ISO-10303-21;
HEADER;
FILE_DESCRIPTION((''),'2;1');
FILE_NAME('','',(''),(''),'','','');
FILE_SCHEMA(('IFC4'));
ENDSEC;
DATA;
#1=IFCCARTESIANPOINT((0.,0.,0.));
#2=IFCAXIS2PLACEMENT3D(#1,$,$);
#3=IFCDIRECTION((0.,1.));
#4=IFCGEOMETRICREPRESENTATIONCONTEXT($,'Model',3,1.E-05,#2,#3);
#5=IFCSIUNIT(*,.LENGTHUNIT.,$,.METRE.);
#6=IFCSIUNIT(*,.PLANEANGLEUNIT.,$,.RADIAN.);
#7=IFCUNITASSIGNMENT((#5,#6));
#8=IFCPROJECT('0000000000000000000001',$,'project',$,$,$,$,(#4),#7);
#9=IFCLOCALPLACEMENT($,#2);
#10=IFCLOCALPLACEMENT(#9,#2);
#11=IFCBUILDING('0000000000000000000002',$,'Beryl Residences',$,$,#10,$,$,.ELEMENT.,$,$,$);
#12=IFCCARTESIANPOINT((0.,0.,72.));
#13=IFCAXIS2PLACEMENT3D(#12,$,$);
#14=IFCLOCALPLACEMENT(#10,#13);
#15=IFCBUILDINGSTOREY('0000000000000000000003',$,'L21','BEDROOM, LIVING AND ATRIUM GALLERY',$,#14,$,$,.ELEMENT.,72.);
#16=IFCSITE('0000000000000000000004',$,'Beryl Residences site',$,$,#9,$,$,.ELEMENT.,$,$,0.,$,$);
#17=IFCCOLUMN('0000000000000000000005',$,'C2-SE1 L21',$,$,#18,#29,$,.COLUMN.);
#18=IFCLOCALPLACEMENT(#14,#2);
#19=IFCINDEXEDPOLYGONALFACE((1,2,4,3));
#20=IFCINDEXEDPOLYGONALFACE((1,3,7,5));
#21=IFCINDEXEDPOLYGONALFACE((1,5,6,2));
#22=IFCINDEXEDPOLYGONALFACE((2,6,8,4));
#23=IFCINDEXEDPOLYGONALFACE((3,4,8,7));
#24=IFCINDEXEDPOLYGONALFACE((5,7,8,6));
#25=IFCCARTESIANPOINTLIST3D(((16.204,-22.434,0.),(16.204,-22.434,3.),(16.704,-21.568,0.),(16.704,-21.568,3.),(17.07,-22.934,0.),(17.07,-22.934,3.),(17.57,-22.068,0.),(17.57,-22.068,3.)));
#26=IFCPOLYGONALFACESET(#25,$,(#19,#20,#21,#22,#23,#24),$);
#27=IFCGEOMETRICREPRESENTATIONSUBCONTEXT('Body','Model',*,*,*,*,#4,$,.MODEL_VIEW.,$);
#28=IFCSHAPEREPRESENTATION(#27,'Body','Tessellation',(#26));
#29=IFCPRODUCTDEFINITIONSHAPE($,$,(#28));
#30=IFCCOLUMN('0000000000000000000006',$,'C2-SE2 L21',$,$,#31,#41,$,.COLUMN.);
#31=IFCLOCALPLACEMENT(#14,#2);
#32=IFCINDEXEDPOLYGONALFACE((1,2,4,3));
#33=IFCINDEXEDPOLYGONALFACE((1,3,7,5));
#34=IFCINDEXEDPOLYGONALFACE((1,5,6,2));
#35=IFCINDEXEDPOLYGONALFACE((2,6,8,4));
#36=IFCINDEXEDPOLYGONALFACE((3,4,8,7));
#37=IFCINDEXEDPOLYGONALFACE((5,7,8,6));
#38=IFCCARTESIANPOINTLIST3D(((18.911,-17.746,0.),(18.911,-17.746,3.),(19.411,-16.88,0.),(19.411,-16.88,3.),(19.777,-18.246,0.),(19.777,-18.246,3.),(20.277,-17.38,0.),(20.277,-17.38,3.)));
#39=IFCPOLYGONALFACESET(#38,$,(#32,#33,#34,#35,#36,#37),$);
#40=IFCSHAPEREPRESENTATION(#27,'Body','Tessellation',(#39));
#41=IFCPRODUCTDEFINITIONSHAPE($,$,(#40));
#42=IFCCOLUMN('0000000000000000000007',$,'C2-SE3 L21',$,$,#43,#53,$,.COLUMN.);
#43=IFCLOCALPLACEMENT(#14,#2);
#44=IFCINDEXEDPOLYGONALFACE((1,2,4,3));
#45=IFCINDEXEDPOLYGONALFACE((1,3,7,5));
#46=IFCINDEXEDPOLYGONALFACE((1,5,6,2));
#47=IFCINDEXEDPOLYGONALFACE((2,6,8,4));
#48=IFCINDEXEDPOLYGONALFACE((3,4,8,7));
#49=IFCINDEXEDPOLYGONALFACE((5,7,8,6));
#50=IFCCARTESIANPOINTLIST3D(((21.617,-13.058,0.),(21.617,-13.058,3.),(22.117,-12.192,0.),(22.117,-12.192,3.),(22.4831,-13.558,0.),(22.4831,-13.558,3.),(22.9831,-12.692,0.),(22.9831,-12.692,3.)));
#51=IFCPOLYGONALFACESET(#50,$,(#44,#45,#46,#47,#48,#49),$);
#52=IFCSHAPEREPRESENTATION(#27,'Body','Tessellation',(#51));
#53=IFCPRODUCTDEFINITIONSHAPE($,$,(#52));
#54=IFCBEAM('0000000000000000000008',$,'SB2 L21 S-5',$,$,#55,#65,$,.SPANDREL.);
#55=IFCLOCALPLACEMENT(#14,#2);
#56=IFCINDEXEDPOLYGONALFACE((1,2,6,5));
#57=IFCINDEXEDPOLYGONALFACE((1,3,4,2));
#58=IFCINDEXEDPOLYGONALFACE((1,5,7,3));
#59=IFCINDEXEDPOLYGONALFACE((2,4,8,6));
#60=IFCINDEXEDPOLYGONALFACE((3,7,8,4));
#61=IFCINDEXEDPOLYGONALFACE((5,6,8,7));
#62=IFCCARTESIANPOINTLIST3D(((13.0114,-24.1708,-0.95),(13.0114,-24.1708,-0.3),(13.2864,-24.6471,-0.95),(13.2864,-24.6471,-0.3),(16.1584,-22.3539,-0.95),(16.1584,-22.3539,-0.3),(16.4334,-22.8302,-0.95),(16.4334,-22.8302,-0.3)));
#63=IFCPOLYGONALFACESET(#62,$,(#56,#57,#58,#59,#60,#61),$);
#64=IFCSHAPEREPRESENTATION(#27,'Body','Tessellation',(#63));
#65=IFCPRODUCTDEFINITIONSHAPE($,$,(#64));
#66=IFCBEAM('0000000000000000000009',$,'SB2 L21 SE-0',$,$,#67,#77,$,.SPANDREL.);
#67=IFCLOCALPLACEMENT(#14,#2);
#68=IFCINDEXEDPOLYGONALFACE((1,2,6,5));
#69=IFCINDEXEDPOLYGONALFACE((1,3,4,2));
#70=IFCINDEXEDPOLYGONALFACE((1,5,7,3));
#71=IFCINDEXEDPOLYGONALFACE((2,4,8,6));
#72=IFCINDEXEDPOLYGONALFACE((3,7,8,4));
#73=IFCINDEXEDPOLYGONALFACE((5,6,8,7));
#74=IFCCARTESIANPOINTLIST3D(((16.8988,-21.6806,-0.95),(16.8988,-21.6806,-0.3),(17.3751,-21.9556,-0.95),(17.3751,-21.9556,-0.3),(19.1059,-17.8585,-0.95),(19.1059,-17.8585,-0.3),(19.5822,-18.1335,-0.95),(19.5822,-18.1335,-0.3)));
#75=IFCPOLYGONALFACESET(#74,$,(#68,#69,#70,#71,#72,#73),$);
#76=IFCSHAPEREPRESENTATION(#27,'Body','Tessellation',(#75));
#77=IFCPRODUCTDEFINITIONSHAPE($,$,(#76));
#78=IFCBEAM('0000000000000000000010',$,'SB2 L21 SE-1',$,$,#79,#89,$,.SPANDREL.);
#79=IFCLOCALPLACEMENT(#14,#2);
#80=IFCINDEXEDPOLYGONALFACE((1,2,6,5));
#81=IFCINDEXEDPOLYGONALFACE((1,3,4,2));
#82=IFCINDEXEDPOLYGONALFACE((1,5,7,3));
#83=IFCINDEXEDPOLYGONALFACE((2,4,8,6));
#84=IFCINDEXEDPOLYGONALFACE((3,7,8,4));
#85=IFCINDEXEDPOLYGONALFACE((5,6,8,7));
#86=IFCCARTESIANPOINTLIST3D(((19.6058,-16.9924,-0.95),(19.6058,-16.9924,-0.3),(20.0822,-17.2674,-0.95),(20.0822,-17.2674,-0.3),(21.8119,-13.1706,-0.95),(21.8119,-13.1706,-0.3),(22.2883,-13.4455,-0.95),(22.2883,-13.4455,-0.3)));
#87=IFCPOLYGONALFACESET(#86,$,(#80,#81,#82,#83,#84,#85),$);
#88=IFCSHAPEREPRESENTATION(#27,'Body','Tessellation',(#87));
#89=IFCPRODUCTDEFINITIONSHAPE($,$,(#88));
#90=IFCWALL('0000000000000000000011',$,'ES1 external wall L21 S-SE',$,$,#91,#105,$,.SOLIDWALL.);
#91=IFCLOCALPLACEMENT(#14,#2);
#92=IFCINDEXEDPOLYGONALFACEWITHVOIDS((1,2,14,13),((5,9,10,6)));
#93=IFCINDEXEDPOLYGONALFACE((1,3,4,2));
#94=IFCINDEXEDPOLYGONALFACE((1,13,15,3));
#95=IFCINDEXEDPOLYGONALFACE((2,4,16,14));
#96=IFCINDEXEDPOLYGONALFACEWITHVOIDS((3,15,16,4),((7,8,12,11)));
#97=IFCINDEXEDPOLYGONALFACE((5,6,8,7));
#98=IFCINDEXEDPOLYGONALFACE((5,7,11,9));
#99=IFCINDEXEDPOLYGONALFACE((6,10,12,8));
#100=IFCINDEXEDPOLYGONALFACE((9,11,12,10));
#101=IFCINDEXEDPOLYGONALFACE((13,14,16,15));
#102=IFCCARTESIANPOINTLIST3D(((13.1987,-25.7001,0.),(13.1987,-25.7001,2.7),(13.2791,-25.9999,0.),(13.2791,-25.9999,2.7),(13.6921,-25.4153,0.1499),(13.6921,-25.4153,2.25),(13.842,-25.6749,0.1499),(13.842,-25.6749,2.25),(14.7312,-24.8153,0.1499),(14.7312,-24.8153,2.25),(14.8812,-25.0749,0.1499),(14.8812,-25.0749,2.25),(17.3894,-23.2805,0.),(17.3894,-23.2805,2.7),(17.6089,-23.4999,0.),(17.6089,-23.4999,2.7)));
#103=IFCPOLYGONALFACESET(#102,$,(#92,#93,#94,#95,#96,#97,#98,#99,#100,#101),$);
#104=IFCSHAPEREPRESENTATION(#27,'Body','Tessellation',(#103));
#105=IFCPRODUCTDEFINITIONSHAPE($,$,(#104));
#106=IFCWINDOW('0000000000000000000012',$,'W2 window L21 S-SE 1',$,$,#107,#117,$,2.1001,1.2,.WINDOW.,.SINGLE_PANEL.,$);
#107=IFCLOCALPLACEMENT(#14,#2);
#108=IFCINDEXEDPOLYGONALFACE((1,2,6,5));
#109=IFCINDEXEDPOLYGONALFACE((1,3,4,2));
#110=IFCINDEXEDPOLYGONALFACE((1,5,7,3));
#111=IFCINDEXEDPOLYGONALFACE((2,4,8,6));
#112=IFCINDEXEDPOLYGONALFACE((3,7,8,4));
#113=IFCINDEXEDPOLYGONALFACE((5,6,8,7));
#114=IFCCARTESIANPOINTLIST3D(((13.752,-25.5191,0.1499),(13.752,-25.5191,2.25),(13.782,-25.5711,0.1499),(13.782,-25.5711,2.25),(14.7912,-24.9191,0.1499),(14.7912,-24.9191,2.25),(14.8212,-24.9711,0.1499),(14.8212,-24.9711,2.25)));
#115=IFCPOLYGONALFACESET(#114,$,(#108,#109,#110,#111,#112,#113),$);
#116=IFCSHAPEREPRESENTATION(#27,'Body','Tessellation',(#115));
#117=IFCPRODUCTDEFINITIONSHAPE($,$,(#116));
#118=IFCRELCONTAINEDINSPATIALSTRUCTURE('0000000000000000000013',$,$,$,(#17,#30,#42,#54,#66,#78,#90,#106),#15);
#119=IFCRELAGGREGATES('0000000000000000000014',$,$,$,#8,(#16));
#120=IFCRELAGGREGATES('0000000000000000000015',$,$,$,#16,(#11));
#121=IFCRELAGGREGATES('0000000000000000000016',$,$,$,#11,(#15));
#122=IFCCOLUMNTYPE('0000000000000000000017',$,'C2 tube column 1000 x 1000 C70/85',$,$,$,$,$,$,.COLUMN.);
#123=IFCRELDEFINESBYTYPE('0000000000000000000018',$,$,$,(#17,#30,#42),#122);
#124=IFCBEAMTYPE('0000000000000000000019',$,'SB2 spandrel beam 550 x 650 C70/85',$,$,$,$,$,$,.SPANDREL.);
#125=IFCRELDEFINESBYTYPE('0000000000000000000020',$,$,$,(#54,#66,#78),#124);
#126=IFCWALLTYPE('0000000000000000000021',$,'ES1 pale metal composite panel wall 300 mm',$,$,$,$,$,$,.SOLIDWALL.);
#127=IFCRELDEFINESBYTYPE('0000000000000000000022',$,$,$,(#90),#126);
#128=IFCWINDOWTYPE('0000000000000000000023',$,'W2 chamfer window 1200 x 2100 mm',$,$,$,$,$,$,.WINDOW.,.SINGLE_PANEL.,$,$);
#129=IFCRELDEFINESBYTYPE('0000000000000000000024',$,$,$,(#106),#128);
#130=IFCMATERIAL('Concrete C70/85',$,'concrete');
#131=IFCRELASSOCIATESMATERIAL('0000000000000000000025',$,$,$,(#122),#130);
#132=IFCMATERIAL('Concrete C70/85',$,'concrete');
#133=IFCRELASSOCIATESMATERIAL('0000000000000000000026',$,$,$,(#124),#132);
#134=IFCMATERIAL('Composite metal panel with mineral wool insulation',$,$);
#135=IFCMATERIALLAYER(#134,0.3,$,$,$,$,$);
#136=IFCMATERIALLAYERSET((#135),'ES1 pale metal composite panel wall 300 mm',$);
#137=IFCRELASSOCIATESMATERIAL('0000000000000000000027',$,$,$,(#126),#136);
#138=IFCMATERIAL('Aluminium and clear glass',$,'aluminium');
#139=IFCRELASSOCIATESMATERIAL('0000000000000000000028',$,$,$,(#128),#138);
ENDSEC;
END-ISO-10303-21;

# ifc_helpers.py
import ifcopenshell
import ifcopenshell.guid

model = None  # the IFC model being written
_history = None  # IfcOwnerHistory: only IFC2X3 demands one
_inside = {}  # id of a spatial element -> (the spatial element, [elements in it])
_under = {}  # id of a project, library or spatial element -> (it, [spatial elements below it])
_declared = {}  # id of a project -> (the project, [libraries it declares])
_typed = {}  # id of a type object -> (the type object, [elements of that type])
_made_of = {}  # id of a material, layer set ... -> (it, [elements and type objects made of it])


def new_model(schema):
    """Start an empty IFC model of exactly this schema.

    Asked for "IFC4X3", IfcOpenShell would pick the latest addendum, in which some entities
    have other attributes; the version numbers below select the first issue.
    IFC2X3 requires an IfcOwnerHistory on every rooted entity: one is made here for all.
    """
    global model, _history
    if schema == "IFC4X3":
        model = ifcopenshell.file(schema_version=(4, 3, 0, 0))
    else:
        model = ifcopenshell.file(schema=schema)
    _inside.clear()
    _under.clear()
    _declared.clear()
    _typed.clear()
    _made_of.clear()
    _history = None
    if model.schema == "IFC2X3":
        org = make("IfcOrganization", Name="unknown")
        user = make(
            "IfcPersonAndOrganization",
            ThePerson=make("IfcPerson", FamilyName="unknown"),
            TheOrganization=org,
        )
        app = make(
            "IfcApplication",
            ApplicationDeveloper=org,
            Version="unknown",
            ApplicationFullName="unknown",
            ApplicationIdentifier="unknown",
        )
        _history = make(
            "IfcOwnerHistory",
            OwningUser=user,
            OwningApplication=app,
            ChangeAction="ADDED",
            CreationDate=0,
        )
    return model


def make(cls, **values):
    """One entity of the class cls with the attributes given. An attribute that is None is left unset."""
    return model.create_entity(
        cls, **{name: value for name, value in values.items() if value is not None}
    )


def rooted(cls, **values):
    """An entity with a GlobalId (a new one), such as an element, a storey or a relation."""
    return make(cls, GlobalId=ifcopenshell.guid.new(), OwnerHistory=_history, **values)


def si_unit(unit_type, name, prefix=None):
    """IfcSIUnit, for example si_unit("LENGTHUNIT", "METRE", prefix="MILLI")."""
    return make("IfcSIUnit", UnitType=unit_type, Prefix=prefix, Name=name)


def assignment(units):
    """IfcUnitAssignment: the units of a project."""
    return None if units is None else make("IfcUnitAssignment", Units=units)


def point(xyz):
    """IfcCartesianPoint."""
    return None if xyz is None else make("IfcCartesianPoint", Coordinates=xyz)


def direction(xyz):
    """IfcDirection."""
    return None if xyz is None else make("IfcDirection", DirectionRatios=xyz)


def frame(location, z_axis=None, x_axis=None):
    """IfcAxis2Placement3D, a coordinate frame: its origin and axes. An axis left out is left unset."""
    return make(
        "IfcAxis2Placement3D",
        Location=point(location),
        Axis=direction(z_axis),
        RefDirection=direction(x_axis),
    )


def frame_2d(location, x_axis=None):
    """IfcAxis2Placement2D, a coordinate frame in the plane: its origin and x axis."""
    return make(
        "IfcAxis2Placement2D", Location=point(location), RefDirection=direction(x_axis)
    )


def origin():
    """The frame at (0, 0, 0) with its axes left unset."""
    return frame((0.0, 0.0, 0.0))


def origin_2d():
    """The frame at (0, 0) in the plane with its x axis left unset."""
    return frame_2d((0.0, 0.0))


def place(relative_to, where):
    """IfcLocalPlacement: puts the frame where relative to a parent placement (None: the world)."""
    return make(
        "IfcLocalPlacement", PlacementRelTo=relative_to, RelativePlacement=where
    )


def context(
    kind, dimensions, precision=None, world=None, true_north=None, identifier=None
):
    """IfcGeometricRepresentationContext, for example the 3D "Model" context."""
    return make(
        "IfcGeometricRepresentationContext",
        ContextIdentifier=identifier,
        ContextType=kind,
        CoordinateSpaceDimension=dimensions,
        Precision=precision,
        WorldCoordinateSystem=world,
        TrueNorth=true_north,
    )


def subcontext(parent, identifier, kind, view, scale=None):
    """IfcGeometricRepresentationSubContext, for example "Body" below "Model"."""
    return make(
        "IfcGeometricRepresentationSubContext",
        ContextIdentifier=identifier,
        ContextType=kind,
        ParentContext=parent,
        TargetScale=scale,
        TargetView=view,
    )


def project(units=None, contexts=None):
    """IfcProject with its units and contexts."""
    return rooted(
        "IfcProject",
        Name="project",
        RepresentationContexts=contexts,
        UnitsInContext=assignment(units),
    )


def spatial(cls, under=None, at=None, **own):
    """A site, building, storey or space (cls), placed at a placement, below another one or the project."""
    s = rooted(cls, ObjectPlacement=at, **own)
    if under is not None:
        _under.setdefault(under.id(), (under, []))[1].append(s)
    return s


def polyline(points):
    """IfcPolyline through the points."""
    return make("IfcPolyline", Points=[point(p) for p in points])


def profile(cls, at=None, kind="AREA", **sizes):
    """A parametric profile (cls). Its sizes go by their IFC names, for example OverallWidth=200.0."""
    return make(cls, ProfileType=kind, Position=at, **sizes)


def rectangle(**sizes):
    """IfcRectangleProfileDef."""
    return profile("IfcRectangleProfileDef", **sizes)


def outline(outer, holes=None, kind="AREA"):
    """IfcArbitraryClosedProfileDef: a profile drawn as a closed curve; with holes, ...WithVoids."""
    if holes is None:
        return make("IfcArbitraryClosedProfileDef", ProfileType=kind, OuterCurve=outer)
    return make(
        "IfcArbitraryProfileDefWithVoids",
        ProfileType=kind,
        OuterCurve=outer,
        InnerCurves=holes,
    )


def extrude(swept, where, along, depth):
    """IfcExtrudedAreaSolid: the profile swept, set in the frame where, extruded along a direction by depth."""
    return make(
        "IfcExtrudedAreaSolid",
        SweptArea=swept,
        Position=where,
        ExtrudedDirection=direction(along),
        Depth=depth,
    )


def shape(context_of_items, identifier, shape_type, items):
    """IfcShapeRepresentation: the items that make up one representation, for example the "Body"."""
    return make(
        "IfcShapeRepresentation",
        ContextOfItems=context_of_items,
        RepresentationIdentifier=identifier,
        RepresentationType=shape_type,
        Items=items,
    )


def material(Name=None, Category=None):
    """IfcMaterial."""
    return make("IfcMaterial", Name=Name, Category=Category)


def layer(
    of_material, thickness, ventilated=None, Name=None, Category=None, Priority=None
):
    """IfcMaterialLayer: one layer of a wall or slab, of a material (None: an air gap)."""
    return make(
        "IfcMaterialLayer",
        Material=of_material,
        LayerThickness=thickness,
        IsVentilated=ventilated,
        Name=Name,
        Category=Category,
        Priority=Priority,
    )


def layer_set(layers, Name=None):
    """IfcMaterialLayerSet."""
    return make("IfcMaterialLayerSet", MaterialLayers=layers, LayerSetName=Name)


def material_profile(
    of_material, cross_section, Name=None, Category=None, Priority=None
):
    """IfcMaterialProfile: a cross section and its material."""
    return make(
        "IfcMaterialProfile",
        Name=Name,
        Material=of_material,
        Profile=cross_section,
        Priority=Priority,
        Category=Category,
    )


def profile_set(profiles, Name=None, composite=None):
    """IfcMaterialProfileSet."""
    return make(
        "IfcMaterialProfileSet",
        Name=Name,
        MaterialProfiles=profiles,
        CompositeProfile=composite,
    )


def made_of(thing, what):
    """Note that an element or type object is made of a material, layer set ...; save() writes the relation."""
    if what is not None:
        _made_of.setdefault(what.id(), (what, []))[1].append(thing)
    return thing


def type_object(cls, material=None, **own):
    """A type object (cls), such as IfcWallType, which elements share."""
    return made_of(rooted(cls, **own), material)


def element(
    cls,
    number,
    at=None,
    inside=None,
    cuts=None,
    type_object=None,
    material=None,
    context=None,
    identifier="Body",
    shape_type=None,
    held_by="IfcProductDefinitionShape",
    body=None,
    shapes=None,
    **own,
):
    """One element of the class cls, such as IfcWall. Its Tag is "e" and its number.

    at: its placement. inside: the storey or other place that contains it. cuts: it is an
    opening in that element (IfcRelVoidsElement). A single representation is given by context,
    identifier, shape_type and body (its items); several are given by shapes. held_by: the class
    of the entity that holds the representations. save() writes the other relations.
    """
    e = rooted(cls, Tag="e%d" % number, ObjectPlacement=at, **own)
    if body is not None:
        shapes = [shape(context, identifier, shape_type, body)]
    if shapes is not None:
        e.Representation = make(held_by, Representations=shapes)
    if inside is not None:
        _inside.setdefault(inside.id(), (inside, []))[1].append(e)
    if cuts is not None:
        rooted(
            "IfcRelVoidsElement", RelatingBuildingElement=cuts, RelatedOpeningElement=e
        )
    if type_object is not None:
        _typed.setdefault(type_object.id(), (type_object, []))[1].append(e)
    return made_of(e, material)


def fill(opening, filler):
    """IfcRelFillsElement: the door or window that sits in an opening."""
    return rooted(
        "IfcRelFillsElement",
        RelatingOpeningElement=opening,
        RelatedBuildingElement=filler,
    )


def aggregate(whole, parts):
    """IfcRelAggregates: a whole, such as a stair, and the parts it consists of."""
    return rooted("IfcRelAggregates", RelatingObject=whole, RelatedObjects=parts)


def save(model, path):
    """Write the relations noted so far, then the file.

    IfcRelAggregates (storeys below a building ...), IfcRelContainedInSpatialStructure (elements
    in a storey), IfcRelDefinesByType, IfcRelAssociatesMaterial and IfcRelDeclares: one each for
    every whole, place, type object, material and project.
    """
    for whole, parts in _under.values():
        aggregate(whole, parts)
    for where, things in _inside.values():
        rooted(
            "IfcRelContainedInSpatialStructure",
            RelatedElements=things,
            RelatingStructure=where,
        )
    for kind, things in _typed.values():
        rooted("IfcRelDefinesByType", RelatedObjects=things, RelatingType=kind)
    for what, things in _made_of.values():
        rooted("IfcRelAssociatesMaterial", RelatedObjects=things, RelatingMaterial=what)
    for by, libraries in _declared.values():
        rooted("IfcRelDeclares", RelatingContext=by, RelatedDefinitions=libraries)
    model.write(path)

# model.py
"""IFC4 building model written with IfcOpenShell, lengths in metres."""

from ifc_helpers import new_model, si_unit, direction, frame, frame_2d, origin, origin_2d, place, context, subcontext, project, spatial, polyline, rectangle, outline, extrude, material, layer, layer_set, material_profile, profile_set, type_object, element, fill, save


model = new_model("IFC4")

# Units and contexts
model_context = context("Model", 3, precision=1e-05, world=origin(), true_north=direction((0.0, 1.0)))
body_context = subcontext(model_context, "Body", "Model", "MODEL_VIEW")
ifc_project = project(units=[si_unit("LENGTHUNIT", "METRE"), si_unit("PLANEANGLEUNIT", "RADIAN")], contexts=[model_context])

# Site, building, storey
site_placement = place(None, origin())
site = spatial("IfcSite", under=ifc_project, at=site_placement, Name="Beryl Residences site", CompositionType="ELEMENT", RefElevation=0.0)
building_placement = place(site_placement, origin())
building = spatial("IfcBuilding", under=site, at=building_placement, Name="Beryl Residences", CompositionType="ELEMENT")
storey_placement = place(building_placement, frame((0.0, 0.0, 72.0)))
storey = spatial("IfcBuildingStorey", under=building, at=storey_placement, Name="L21", Description="BEDROOM, LIVING AND ATRIUM GALLERY", CompositionType="ELEMENT", Elevation=72.0)

# Columns
ifc_material_1 = material(Name="Concrete C70/85", Category="concrete")
ifc_material_profile_1 = material_profile(ifc_material_1, rectangle(XDim=1.0, YDim=1.0, at=origin_2d()))
ifc_profile_set_1 = profile_set([ifc_material_profile_1], Name="Concrete C70/85")
column_type = type_object("IfcColumnType", Name="C2 tube column 1000 x 1000 C70/85", PredefinedType="COLUMN", material=ifc_profile_set_1)
for number, where, z_axis, x_axis, name in (
    (1, (16.887, -22.251, 0.0), (0.0, 0.0, 1.0), (0.5, 0.866025, 0.0), "C2-SE1 L21"),
    (2, (19.594, -17.563, 0.0), (0.0, 0.0, 1.0), (0.5, 0.866025, 0.0), "C2-SE2 L21"),
    (3, (22.3, -12.875, 0.0), (0.0, 0.0, 1.0), (0.5, 0.866025, 0.0), "C2-SE3 L21"),
):
    element("IfcColumn", number, at=place(storey_placement, frame(where, z_axis=z_axis, x_axis=x_axis)), inside=storey, type_object=column_type, Name=name, PredefinedType="COLUMN", context=body_context, shape_type="SweptSolid", body=[
        extrude(rectangle(XDim=1.0, YDim=1.0, at=origin_2d()), origin(), (0.0, 0.0, 1.0), 3.0),
    ])

# Beams
ifc_material_2 = material(Name="Concrete C70/85", Category="concrete")
ifc_material_profile_2 = material_profile(ifc_material_2, rectangle(XDim=0.55, YDim=0.6499, at=origin_2d()))
ifc_profile_set_2 = profile_set([ifc_material_profile_2], Name="Concrete C70/85")
beam_type = type_object("IfcBeamType", Name="SB2 spandrel beam 550 x 650 C70/85", PredefinedType="SPANDREL", material=ifc_profile_set_2)
beam_1_placement = place(storey_placement, frame((13.1489, -24.4089, -0.625), z_axis=(0.866027, 0.499998, 0.0), x_axis=(-0.499998, 0.866027, 0.0)))
element("IfcBeam", 4, at=beam_1_placement, inside=storey, type_object=beam_type, Name="SB2 L21 S-5", PredefinedType="SPANDREL", context=body_context, shape_type="SweptSolid", body=[
    extrude(rectangle(XDim=0.55, YDim=0.6499, at=origin_2d()), origin(), (0.0, 0.0, 1.0), 3.6338),
])
beam_2_placement = place(storey_placement, frame((17.137, -21.8181, -0.625), z_axis=(0.500066, 0.865988, 0.0), x_axis=(-0.865988, 0.500066, 0.0)))
element("IfcBeam", 5, at=beam_2_placement, inside=storey, type_object=beam_type, Name="SB2 L21 SE-0", PredefinedType="SPANDREL", context=body_context, shape_type="SweptSolid", body=[
    extrude(rectangle(XDim=0.55, YDim=0.6499, at=origin_2d()), origin(), (0.0, 0.0, 1.0), 4.4136),
])
beam_3_placement = place(storey_placement, frame((19.844, -17.1299, -0.625), z_axis=(0.499924, 0.86607, 0.0), x_axis=(-0.86607, 0.499924, 0.0)))
element("IfcBeam", 6, at=beam_3_placement, inside=storey, type_object=beam_type, Name="SB2 L21 SE-1", PredefinedType="SPANDREL", context=body_context, shape_type="SweptSolid", body=[
    extrude(rectangle(XDim=0.55, YDim=0.6499, at=origin_2d()), origin(), (0.0, 0.0, 1.0), 4.4128),
])

# Wall, opening, window
ifc_material_3 = material(Name="Composite metal panel with mineral wool insulation")
ifc_layer_1 = layer(ifc_material_3, 0.3)
ifc_layer_set_1 = layer_set([ifc_layer_1], Name="ES1 pale metal composite panel wall 300 mm")
wall_type_1 = type_object("IfcWallType", Name="ES1 pale metal composite panel wall 300 mm", PredefinedType="SOLIDWALL", material=ifc_layer_set_1)
wall_1_placement = place(storey_placement, frame((13.2041, -25.8701, 0.0), z_axis=(0.0, 0.0, 1.0), x_axis=(0.866011, 0.500025, 0.0)))
wall_1 = element("IfcWall", 7, at=wall_1_placement, inside=storey, type_object=wall_type_1, Name="ES1 external wall L21 S-SE", PredefinedType="SOLIDWALL", context=body_context, shape_type="SweptSolid", body=[
    extrude(outline(polyline([(0.0, -0.1499), (4.9998, -0.1499), (4.9194, 0.1499), (0.0803, 0.1499), (0.0, -0.1499)])), origin(), (0.0, 0.0, 1.0), 2.7),
])
opening_1_placement = place(wall_1_placement, frame((0.6499, 0.0, 0.1499)))
opening_1 = element("IfcOpeningElement", 8, at=opening_1_placement, cuts=wall_1, PredefinedType="OPENING", context=body_context, shape_type="SweptSolid", body=[
    extrude(rectangle(XDim=1.2, YDim=2.1001, at=frame_2d((0.6001, 1.05))), frame((0.0, 0.1599, 0.0), z_axis=(0.0, -1.0, 0.0), x_axis=(1.0, 0.0, 0.0)), (0.0, 0.0, 1.0), 0.3201),
])
ifc_material_4 = material(Name="Aluminium and clear glass", Category="aluminium")
window_type_1 = type_object("IfcWindowType", Name="W2 chamfer window 1200 x 2100 mm", PartitioningType="SINGLE_PANEL", PredefinedType="WINDOW", material=ifc_material_4)
window_1_placement = place(opening_1_placement, origin())
window_1 = element("IfcWindow", 9, at=window_1_placement, inside=storey, type_object=window_type_1, Name="W2 window L21 S-SE 1", OverallHeight=2.1001, OverallWidth=1.2, PartitioningType="SINGLE_PANEL", PredefinedType="WINDOW", context=body_context, shape_type="SweptSolid", body=[
    extrude(rectangle(XDim=1.2, YDim=2.1001, at=frame_2d((0.6001, 1.05))), frame((0.0, 0.03, 0.0), z_axis=(0.0, -1.0, 0.0), x_axis=(1.0, 0.0, 0.0)), (0.0, 0.0, 1.0), 0.0601),
])
fill(opening_1, window_1)

save(model, "model.ifc")
